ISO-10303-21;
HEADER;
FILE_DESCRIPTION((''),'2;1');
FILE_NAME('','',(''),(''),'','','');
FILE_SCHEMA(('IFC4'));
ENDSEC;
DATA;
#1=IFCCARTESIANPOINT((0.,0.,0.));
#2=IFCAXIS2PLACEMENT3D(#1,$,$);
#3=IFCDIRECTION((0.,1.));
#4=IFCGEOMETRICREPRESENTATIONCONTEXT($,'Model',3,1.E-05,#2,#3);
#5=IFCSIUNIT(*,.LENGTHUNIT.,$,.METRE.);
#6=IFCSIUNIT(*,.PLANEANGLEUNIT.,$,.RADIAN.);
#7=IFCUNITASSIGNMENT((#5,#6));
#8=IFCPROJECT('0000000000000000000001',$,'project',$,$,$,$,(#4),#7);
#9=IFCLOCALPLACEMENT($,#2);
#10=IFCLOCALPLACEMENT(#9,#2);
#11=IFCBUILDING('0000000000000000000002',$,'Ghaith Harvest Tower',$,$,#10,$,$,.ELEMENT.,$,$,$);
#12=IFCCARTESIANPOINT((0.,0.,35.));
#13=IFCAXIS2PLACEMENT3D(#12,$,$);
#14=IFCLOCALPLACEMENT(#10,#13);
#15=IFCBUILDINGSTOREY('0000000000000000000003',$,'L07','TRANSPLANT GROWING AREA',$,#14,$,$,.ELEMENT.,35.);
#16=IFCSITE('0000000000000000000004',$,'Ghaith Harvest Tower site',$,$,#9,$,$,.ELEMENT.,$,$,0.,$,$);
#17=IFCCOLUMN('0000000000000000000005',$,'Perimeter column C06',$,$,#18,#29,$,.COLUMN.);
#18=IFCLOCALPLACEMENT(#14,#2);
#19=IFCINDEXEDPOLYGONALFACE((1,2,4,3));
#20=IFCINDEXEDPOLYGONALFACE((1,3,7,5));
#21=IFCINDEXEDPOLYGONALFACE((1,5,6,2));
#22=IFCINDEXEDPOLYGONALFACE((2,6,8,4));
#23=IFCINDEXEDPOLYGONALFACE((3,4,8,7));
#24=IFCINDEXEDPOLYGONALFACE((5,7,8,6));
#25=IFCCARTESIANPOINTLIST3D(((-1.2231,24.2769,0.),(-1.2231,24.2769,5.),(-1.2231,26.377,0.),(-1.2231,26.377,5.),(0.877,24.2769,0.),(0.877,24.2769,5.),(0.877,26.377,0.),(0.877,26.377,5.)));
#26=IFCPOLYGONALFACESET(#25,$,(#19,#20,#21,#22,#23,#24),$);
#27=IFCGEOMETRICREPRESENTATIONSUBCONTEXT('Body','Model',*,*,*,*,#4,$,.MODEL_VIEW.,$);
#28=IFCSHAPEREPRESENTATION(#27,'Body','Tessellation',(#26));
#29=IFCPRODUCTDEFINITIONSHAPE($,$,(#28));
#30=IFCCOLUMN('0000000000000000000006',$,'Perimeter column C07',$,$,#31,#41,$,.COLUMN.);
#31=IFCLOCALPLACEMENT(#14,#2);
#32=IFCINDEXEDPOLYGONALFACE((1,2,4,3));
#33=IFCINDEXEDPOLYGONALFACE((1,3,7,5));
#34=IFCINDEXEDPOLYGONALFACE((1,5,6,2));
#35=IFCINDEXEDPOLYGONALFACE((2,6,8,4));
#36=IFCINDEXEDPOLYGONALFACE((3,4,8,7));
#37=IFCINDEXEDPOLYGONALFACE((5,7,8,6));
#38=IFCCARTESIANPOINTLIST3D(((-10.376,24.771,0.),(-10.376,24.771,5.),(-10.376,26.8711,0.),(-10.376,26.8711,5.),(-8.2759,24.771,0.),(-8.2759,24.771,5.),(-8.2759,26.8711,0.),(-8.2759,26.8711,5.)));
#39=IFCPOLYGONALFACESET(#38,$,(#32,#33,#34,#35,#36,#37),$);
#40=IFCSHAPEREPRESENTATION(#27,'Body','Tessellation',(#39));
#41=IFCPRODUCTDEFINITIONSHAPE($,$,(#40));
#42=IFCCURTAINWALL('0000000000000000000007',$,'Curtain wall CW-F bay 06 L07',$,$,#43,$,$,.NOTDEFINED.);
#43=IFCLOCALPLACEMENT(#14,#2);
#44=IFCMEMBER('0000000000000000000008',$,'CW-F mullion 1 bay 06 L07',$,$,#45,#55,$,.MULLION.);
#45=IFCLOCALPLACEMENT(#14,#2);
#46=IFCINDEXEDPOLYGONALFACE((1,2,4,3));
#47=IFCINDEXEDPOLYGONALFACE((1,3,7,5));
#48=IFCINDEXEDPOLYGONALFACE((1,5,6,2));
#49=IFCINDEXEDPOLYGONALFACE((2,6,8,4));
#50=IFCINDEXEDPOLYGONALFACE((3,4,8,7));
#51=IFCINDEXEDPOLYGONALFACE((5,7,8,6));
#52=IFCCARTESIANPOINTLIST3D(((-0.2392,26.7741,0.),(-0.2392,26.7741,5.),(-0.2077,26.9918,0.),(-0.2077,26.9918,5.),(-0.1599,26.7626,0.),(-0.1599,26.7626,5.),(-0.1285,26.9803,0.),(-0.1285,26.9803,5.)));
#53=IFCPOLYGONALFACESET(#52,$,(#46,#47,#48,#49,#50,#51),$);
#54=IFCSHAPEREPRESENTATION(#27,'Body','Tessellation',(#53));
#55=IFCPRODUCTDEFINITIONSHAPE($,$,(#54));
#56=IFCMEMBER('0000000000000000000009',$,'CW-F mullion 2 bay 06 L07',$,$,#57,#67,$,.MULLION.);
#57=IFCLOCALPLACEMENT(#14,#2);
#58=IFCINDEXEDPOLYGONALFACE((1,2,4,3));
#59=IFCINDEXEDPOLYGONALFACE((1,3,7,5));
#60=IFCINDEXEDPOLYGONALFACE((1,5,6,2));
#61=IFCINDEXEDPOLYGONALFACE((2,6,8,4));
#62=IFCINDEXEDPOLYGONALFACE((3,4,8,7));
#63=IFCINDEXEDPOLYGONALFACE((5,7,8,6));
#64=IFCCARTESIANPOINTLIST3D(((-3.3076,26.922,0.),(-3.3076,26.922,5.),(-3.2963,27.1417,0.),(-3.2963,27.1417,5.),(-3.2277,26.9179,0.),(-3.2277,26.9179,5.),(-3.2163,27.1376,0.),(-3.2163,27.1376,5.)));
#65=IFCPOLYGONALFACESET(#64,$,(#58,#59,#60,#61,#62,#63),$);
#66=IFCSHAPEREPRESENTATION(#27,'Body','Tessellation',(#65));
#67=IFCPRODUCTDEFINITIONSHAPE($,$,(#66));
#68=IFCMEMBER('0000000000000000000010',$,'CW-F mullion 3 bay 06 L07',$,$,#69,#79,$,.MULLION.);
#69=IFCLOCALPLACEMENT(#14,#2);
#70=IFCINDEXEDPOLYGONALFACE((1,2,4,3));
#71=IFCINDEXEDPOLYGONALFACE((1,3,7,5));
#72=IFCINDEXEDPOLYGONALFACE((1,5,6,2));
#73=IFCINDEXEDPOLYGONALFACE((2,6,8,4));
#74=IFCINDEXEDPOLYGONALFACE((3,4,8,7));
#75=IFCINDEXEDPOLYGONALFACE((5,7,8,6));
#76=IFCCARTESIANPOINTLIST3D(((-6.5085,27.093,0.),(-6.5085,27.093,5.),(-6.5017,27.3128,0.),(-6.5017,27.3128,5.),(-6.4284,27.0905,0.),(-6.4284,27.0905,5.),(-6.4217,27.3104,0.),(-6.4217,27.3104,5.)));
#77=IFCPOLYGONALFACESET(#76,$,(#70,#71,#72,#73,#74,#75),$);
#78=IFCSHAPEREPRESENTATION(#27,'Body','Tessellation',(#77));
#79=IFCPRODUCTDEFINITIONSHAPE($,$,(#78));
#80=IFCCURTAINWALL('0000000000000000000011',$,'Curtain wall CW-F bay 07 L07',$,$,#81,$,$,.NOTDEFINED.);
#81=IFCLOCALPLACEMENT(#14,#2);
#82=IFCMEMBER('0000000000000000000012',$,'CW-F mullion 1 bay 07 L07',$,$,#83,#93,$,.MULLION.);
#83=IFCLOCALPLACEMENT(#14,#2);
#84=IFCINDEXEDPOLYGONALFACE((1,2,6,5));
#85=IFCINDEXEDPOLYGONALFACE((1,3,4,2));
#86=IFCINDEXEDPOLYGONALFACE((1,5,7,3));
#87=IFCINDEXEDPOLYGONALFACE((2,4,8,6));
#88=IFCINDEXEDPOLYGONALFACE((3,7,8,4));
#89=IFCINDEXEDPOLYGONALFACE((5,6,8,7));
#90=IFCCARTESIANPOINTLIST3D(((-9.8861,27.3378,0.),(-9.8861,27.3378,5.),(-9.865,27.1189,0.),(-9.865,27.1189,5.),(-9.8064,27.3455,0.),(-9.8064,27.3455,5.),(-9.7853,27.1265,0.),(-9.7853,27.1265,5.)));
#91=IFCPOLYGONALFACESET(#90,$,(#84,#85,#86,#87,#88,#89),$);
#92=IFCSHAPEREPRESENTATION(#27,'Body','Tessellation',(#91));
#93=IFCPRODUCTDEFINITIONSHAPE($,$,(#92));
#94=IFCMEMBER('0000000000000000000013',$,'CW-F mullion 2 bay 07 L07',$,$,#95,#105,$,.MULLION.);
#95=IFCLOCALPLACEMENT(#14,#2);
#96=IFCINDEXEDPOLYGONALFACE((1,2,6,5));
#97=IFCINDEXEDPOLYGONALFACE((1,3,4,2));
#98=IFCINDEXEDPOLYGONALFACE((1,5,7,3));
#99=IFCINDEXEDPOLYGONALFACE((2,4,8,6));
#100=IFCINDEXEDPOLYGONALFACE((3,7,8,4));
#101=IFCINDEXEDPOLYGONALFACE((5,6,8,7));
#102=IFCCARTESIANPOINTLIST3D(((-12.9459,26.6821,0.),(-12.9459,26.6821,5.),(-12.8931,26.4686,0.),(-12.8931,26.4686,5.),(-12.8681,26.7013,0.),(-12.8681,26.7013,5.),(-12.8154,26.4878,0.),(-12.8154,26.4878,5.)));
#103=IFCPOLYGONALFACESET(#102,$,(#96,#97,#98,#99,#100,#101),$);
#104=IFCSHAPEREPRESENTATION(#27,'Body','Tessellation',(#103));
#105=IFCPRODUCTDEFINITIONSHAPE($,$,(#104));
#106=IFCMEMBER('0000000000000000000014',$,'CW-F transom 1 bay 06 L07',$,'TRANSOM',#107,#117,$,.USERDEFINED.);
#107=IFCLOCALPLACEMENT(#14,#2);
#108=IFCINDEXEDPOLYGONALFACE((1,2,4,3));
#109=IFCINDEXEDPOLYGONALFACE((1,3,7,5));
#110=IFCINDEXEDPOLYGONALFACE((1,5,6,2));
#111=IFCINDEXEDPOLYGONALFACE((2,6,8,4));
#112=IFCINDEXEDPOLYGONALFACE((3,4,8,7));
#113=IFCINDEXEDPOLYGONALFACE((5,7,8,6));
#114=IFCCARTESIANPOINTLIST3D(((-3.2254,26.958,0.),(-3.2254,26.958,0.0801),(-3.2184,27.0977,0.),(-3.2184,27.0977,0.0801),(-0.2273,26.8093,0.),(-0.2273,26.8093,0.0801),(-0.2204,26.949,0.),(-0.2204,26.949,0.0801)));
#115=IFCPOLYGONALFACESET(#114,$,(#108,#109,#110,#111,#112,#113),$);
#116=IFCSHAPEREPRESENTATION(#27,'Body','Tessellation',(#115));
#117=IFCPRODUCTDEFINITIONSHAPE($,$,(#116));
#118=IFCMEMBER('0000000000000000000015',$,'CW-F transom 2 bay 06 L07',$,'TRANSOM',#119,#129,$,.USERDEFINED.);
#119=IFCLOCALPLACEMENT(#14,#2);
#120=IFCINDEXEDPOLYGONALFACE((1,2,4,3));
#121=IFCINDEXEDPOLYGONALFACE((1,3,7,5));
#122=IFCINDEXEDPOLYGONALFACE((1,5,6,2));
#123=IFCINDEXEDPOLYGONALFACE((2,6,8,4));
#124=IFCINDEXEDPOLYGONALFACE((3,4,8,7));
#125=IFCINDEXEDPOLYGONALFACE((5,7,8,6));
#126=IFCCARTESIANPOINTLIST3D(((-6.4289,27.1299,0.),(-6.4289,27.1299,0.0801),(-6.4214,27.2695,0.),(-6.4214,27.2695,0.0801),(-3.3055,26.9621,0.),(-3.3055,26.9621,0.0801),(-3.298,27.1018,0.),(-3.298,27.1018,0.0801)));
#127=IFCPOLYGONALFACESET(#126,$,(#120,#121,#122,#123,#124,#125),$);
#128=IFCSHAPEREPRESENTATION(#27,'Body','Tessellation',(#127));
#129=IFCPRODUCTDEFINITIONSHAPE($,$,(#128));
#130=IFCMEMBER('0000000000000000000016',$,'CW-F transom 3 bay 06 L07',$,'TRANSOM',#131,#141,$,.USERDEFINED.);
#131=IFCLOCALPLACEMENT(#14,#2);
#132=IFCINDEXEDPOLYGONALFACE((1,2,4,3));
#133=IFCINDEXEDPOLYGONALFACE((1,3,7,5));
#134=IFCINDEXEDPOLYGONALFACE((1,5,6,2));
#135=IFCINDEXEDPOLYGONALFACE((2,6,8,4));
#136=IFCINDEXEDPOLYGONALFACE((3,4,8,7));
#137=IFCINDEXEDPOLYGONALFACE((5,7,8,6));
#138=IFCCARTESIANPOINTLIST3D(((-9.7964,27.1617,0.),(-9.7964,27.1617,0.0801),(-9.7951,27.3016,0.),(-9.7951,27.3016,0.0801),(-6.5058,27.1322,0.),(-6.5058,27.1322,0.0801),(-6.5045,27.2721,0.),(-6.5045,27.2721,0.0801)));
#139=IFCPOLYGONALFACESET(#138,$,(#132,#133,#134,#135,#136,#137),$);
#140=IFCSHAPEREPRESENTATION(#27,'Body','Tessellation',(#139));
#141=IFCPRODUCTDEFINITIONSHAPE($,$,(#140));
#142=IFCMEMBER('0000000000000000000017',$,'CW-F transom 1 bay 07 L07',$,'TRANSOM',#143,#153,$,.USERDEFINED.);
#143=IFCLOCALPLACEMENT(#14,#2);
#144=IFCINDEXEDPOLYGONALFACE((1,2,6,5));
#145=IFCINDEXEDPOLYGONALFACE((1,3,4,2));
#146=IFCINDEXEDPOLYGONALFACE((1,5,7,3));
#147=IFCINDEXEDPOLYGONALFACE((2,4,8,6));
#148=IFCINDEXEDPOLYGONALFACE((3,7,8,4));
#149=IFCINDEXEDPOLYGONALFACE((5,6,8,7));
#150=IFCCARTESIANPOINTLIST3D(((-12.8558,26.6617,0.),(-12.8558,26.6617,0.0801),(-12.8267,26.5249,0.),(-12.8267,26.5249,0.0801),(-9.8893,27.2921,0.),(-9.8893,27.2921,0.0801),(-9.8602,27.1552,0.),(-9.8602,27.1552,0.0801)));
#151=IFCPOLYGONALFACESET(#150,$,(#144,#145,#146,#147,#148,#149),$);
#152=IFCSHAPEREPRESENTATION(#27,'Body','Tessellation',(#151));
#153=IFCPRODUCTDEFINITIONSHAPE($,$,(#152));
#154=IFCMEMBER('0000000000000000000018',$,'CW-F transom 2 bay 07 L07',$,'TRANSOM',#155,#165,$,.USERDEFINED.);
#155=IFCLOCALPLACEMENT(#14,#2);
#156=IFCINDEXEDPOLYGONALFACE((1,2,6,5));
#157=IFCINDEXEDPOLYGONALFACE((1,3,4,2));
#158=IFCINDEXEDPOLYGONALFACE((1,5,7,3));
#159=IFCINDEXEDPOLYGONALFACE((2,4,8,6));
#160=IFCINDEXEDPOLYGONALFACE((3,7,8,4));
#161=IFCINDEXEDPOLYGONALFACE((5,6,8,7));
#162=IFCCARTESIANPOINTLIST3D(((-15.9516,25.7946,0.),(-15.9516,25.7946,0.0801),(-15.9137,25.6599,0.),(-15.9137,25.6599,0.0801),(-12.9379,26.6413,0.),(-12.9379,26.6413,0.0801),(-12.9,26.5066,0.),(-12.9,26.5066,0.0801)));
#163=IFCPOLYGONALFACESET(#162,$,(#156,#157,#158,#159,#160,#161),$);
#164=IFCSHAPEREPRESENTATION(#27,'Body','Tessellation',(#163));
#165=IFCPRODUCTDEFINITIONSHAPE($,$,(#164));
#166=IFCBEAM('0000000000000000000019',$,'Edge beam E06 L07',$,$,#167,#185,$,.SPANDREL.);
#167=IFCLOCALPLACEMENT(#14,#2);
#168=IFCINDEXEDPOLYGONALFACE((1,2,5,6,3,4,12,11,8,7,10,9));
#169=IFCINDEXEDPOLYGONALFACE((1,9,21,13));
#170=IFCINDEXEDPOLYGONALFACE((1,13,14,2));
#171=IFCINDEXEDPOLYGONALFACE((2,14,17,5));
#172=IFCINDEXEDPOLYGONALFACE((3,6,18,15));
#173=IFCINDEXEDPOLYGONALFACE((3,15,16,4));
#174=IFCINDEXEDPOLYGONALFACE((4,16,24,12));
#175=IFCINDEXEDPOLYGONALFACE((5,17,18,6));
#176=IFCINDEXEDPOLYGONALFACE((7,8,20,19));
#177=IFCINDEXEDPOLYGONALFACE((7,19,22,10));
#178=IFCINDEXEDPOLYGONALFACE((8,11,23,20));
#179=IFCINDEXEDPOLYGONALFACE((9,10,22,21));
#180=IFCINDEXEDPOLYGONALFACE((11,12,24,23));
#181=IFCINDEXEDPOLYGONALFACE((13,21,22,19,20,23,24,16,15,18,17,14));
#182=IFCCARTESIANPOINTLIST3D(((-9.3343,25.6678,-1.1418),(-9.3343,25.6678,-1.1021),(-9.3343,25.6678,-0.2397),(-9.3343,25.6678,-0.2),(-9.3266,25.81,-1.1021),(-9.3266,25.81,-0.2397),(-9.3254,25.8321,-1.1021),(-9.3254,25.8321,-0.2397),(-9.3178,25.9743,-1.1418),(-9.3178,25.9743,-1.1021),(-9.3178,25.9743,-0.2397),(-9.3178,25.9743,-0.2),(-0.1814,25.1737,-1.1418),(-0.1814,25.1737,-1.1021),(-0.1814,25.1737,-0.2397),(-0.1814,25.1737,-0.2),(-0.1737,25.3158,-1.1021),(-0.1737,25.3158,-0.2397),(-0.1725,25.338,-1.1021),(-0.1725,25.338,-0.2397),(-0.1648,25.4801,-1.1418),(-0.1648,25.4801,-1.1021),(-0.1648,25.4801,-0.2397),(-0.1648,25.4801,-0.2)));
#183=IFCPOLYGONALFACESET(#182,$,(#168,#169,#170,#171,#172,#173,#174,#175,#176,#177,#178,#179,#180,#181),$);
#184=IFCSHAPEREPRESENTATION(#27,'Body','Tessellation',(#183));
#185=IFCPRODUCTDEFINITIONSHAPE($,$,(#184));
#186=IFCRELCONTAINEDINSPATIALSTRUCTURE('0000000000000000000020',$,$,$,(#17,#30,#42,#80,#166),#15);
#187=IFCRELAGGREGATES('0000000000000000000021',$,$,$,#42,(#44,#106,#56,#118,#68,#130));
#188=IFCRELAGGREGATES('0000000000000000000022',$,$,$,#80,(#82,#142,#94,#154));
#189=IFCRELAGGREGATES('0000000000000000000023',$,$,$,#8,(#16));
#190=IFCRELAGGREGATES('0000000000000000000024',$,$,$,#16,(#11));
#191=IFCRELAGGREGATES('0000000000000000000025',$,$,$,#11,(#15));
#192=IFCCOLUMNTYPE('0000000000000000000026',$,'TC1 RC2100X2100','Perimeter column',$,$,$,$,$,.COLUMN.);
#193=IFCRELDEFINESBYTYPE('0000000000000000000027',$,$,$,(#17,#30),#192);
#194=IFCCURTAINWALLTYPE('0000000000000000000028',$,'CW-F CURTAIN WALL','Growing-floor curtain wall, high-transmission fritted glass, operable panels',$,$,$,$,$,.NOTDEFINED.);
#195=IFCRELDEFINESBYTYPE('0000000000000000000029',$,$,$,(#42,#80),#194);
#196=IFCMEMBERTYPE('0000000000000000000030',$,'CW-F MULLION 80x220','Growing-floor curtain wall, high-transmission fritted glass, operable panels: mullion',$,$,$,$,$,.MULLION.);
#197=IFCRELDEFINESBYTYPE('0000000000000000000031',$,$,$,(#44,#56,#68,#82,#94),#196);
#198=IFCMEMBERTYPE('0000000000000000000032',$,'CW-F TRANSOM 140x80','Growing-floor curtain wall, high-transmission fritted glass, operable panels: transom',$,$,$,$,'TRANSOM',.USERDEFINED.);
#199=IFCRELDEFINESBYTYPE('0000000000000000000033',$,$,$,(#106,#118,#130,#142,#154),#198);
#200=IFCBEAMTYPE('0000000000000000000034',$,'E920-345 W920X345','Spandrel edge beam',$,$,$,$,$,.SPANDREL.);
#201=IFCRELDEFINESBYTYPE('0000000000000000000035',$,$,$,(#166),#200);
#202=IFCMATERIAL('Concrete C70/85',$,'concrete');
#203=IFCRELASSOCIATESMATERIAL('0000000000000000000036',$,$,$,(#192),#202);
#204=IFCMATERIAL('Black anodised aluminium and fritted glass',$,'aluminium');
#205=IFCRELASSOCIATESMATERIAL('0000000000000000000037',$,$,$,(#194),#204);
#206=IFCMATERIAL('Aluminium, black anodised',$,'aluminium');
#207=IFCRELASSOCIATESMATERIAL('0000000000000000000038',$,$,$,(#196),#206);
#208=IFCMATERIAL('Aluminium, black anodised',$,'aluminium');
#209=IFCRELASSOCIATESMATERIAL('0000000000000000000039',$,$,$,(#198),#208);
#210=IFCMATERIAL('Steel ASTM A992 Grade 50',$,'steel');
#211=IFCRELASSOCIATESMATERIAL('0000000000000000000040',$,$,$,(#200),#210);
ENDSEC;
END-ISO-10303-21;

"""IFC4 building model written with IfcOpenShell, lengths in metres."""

from ifc_helpers import new_model, si_unit, direction, frame, origin, origin_2d, place, context, subcontext, project, spatial, rectangle, i_section, extrude, material, material_profile, profile_set, type_object, element, aggregate, save


model = new_model("IFC4")

# Units and contexts
model_context = context("Model", 3, precision=1e-05, world=origin(), true_north=direction((0.0, 1.0)))
body_context = subcontext(model_context, "Body", "Model", "MODEL_VIEW")
ifc_project = project(units=[si_unit("LENGTHUNIT", "METRE"), si_unit("PLANEANGLEUNIT", "RADIAN")], contexts=[model_context])

# Site, building, storey
site_placement = place(None, origin())
site = spatial("IfcSite", under=ifc_project, at=site_placement, Name="Ghaith Harvest Tower site", CompositionType="ELEMENT", RefElevation=0.0)
building_placement = place(site_placement, origin())
building = spatial("IfcBuilding", under=site, at=building_placement, Name="Ghaith Harvest Tower", CompositionType="ELEMENT")
storey_placement = place(building_placement, frame((0.0, 0.0, 35.0)))
storey = spatial("IfcBuildingStorey", under=building, at=storey_placement, Name="L07", Description="TRANSPLANT GROWING AREA", CompositionType="ELEMENT", Elevation=35.0)

# Columns
ifc_material_1 = material(Name="Concrete C70/85", Category="concrete")
ifc_material_profile_1 = material_profile(ifc_material_1, rectangle(XDim=2.1001, YDim=2.1001, at=origin_2d()), Name="RC2100X2100")
ifc_profile_set_1 = profile_set([ifc_material_profile_1], Name="Concrete C70/85")
column_type = type_object("IfcColumnType", Name="TC1 RC2100X2100", Description="Perimeter column", PredefinedType="COLUMN", material=ifc_profile_set_1)
for number, where, z_axis, x_axis, name in (
    (1, (-0.1731, 25.3269, 0.0), (0.0, 0.0, 1.0), (1.0, 0.0, 0.0), "Perimeter column C06"),
    (2, (-9.3259, 25.821, 0.0), (0.0, 0.0, 1.0), (1.0, 0.0, 0.0), "Perimeter column C07"),
):
    element("IfcColumn", number, at=place(storey_placement, frame(where, z_axis=z_axis, x_axis=x_axis)), inside=storey, type_object=column_type, Name=name, PredefinedType="COLUMN", context=body_context, shape_type="SweptSolid", body=[
        extrude(rectangle(XDim=2.1001, YDim=2.1001, at=origin_2d()), origin(), (0.0, 0.0, 1.0), 5.0),
    ])

# Curtain walls, members
ifc_material_2 = material(Name="Black anodised aluminium and fritted glass", Category="aluminium")
curtain_wall_type = type_object("IfcCurtainWallType", Name="CW-F CURTAIN WALL", Description="Growing-floor curtain wall, high-transmission fritted glass, operable panels", PredefinedType="NOTDEFINED", material=ifc_material_2)
curtain_wall_1_placement = place(storey_placement, origin())
curtain_wall_1 = element("IfcCurtainWall", 3, at=curtain_wall_1_placement, inside=storey, type_object=curtain_wall_type, Name="Curtain wall CW-F bay 06 L07", PredefinedType="NOTDEFINED")
ifc_material_3 = material(Name="Aluminium, black anodised", Category="aluminium")
ifc_material_profile_2 = material_profile(ifc_material_3, rectangle(XDim=0.0801, YDim=0.22, at=origin_2d()), Name="CW-F MULLION 80x220")
ifc_profile_set_2 = profile_set([ifc_material_profile_2], Name="Aluminium, black anodised")
member_type_1 = type_object("IfcMemberType", Name="CW-F MULLION 80x220", Description="Growing-floor curtain wall, high-transmission fritted glass, operable panels: mullion", PredefinedType="MULLION", material=ifc_profile_set_2)
member_1_placement = place(storey_placement, frame((-0.1838, 26.8772, 0.0), z_axis=(0.0, 0.0, 1.0), x_axis=(-0.989712, 0.143075, 0.0)))
member_1 = element("IfcMember", 4, at=member_1_placement, type_object=member_type_1, Name="CW-F mullion 1 bay 06 L07", PredefinedType="MULLION", context=body_context, shape_type="SweptSolid", body=[
    extrude(rectangle(XDim=0.0801, YDim=0.22, at=origin_2d()), origin(), (0.0, 0.0, 1.0), 5.0),
])
member_2_placement = place(storey_placement, frame((-3.262, 27.0298, 0.0), z_axis=(0.0, 0.0, 1.0), x_axis=(-0.998667, 0.051618, 0.0)))
member_2 = element("IfcMember", 5, at=member_2_placement, type_object=member_type_1, Name="CW-F mullion 2 bay 06 L07", PredefinedType="MULLION", context=body_context, shape_type="SweptSolid", body=[
    extrude(rectangle(XDim=0.0801, YDim=0.22, at=origin_2d()), origin(), (0.0, 0.0, 1.0), 5.0),
])
member_3_placement = place(storey_placement, frame((-6.4651, 27.2017, 0.0), z_axis=(0.0, 0.0, 1.0), x_axis=(-0.999527, 0.03075, 0.0)))
member_3 = element("IfcMember", 6, at=member_3_placement, type_object=member_type_1, Name="CW-F mullion 3 bay 06 L07", PredefinedType="MULLION", context=body_context, shape_type="SweptSolid", body=[
    extrude(rectangle(XDim=0.0801, YDim=0.22, at=origin_2d()), origin(), (0.0, 0.0, 1.0), 5.0),
])
curtain_wall_2_placement = place(storey_placement, origin())
curtain_wall_2 = element("IfcCurtainWall", 7, at=curtain_wall_2_placement, inside=storey, type_object=curtain_wall_type, Name="Curtain wall CW-F bay 07 L07", PredefinedType="NOTDEFINED")
member_4_placement = place(storey_placement, frame((-9.8357, 27.2322, 0.0), z_axis=(0.0, 0.0, 1.0), x_axis=(-0.995408, -0.095718, 0.0)))
member_4 = element("IfcMember", 8, at=member_4_placement, type_object=member_type_1, Name="CW-F mullion 1 bay 07 L07", PredefinedType="MULLION", context=body_context, shape_type="SweptSolid", body=[
    extrude(rectangle(XDim=0.0801, YDim=0.22, at=origin_2d()), origin(), (0.0, 0.0, 1.0), 5.0),
])
member_5_placement = place(storey_placement, frame((-12.8806, 26.585, 0.0), z_axis=(0.0, 0.0, 1.0), x_axis=(-0.970825, -0.239791, 0.0)))
member_5 = element("IfcMember", 9, at=member_5_placement, type_object=member_type_1, Name="CW-F mullion 2 bay 07 L07", PredefinedType="MULLION", context=body_context, shape_type="SweptSolid", body=[
    extrude(rectangle(XDim=0.0801, YDim=0.22, at=origin_2d()), origin(), (0.0, 0.0, 1.0), 5.0),
])

# Members
ifc_material_4 = material(Name="Aluminium, black anodised", Category="aluminium")
ifc_material_profile_3 = material_profile(ifc_material_4, rectangle(XDim=0.1399, YDim=0.0801, at=origin_2d()), Name="CW-F TRANSOM 140x80")
ifc_profile_set_3 = profile_set([ifc_material_profile_3], Name="Aluminium, black anodised")
member_type_2 = type_object("IfcMemberType", Name="CW-F TRANSOM 140x80", Description="Growing-floor curtain wall, high-transmission fritted glass, operable panels: transom", ElementType="TRANSOM", PredefinedType="USERDEFINED", material=ifc_profile_set_3)
member_6_placement = place(storey_placement, frame((-0.2239, 26.8792, 0.04), z_axis=(-0.998773, 0.049532, 0.0), x_axis=(-0.049532, -0.998773, 0.0)))
member_6 = element("IfcMember", 10, at=member_6_placement, type_object=member_type_2, Name="CW-F transom 1 bay 06 L07", ObjectType="TRANSOM", PredefinedType="USERDEFINED", context=body_context, shape_type="SweptSolid", body=[
    extrude(rectangle(XDim=0.1399, YDim=0.0801, at=origin_2d()), origin(), (0.0, 0.0, 1.0), 3.0017),
])
member_7_placement = place(storey_placement, frame((-3.3018, 27.032, 0.04), z_axis=(-0.998561, 0.05362, 0.0), x_axis=(-0.05362, -0.998561, 0.0)))
member_7 = element("IfcMember", 11, at=member_7_placement, type_object=member_type_2, Name="CW-F transom 2 bay 06 L07", ObjectType="TRANSOM", PredefinedType="USERDEFINED", context=body_context, shape_type="SweptSolid", body=[
    extrude(rectangle(XDim=0.1399, YDim=0.0801, at=origin_2d()), origin(), (0.0, 0.0, 1.0), 3.1279),
])
member_8_placement = place(storey_placement, frame((-6.5051, 27.2021, 0.04), z_axis=(-0.99996, 0.008977, 0.0), x_axis=(-0.008977, -0.99996, 0.0)))
member_8 = element("IfcMember", 12, at=member_8_placement, type_object=member_type_2, Name="CW-F transom 3 bay 06 L07", ObjectType="TRANSOM", PredefinedType="USERDEFINED", context=body_context, shape_type="SweptSolid", body=[
    extrude(rectangle(XDim=0.1399, YDim=0.0801, at=origin_2d()), origin(), (0.0, 0.0, 1.0), 3.2908),
])
member_9_placement = place(storey_placement, frame((-9.8748, 27.2236, 0.04), z_axis=(-0.97816, -0.207852, 0.0), x_axis=(0.207852, -0.97816, 0.0)))
member_9 = element("IfcMember", 13, at=member_9_placement, type_object=member_type_2, Name="CW-F transom 1 bay 07 L07", ObjectType="TRANSOM", PredefinedType="USERDEFINED", context=body_context, shape_type="SweptSolid", body=[
    extrude(rectangle(XDim=0.1399, YDim=0.0801, at=origin_2d()), origin(), (0.0, 0.0, 1.0), 3.0327),
])
member_10_placement = place(storey_placement, frame((-12.9189, 26.574, 0.04), z_axis=(-0.962727, -0.270475, 0.0), x_axis=(0.270475, -0.962727, 0.0)))
member_10 = element("IfcMember", 14, at=member_10_placement, type_object=member_type_2, Name="CW-F transom 2 bay 07 L07", ObjectType="TRANSOM", PredefinedType="USERDEFINED", context=body_context, shape_type="SweptSolid", body=[
    extrude(rectangle(XDim=0.1399, YDim=0.0801, at=origin_2d()), origin(), (0.0, 0.0, 1.0), 3.1304),
])

# Beam
ifc_material_5 = material(Name="Steel ASTM A992 Grade 50", Category="steel")
ifc_material_profile_4 = material_profile(ifc_material_5, i_section(OverallWidth=0.3069, OverallDepth=0.9419, WebThickness=0.0222, FlangeThickness=0.0398, at=origin_2d()), Name="W920X345")
ifc_profile_set_4 = profile_set([ifc_material_profile_4], Name="Steel ASTM A992 Grade 50")
beam_type_1 = type_object("IfcBeamType", Name="E920-345 W920X345", Description="Spandrel edge beam", PredefinedType="SPANDREL", material=ifc_profile_set_4)
beam_1_placement = place(storey_placement, frame((-0.1731, 25.3269, -0.6709), z_axis=(-0.998546, 0.053909, 0.0), x_axis=(-0.053909, -0.998546, 0.0)))
element("IfcBeam", 15, at=beam_1_placement, inside=storey, type_object=beam_type_1, Name="Edge beam E06 L07", PredefinedType="SPANDREL", context=body_context, shape_type="SweptSolid", body=[
    extrude(i_section(OverallWidth=0.3069, OverallDepth=0.9419, WebThickness=0.0222, FlangeThickness=0.0398, at=origin_2d()), origin(), (0.0, 0.0, 1.0), 9.1663),
])

aggregate(curtain_wall_1, [member_1, member_6, member_2, member_7, member_3, member_8])
aggregate(curtain_wall_2, [member_4, member_9, member_5, member_10])

save(model, "model.ifc")
